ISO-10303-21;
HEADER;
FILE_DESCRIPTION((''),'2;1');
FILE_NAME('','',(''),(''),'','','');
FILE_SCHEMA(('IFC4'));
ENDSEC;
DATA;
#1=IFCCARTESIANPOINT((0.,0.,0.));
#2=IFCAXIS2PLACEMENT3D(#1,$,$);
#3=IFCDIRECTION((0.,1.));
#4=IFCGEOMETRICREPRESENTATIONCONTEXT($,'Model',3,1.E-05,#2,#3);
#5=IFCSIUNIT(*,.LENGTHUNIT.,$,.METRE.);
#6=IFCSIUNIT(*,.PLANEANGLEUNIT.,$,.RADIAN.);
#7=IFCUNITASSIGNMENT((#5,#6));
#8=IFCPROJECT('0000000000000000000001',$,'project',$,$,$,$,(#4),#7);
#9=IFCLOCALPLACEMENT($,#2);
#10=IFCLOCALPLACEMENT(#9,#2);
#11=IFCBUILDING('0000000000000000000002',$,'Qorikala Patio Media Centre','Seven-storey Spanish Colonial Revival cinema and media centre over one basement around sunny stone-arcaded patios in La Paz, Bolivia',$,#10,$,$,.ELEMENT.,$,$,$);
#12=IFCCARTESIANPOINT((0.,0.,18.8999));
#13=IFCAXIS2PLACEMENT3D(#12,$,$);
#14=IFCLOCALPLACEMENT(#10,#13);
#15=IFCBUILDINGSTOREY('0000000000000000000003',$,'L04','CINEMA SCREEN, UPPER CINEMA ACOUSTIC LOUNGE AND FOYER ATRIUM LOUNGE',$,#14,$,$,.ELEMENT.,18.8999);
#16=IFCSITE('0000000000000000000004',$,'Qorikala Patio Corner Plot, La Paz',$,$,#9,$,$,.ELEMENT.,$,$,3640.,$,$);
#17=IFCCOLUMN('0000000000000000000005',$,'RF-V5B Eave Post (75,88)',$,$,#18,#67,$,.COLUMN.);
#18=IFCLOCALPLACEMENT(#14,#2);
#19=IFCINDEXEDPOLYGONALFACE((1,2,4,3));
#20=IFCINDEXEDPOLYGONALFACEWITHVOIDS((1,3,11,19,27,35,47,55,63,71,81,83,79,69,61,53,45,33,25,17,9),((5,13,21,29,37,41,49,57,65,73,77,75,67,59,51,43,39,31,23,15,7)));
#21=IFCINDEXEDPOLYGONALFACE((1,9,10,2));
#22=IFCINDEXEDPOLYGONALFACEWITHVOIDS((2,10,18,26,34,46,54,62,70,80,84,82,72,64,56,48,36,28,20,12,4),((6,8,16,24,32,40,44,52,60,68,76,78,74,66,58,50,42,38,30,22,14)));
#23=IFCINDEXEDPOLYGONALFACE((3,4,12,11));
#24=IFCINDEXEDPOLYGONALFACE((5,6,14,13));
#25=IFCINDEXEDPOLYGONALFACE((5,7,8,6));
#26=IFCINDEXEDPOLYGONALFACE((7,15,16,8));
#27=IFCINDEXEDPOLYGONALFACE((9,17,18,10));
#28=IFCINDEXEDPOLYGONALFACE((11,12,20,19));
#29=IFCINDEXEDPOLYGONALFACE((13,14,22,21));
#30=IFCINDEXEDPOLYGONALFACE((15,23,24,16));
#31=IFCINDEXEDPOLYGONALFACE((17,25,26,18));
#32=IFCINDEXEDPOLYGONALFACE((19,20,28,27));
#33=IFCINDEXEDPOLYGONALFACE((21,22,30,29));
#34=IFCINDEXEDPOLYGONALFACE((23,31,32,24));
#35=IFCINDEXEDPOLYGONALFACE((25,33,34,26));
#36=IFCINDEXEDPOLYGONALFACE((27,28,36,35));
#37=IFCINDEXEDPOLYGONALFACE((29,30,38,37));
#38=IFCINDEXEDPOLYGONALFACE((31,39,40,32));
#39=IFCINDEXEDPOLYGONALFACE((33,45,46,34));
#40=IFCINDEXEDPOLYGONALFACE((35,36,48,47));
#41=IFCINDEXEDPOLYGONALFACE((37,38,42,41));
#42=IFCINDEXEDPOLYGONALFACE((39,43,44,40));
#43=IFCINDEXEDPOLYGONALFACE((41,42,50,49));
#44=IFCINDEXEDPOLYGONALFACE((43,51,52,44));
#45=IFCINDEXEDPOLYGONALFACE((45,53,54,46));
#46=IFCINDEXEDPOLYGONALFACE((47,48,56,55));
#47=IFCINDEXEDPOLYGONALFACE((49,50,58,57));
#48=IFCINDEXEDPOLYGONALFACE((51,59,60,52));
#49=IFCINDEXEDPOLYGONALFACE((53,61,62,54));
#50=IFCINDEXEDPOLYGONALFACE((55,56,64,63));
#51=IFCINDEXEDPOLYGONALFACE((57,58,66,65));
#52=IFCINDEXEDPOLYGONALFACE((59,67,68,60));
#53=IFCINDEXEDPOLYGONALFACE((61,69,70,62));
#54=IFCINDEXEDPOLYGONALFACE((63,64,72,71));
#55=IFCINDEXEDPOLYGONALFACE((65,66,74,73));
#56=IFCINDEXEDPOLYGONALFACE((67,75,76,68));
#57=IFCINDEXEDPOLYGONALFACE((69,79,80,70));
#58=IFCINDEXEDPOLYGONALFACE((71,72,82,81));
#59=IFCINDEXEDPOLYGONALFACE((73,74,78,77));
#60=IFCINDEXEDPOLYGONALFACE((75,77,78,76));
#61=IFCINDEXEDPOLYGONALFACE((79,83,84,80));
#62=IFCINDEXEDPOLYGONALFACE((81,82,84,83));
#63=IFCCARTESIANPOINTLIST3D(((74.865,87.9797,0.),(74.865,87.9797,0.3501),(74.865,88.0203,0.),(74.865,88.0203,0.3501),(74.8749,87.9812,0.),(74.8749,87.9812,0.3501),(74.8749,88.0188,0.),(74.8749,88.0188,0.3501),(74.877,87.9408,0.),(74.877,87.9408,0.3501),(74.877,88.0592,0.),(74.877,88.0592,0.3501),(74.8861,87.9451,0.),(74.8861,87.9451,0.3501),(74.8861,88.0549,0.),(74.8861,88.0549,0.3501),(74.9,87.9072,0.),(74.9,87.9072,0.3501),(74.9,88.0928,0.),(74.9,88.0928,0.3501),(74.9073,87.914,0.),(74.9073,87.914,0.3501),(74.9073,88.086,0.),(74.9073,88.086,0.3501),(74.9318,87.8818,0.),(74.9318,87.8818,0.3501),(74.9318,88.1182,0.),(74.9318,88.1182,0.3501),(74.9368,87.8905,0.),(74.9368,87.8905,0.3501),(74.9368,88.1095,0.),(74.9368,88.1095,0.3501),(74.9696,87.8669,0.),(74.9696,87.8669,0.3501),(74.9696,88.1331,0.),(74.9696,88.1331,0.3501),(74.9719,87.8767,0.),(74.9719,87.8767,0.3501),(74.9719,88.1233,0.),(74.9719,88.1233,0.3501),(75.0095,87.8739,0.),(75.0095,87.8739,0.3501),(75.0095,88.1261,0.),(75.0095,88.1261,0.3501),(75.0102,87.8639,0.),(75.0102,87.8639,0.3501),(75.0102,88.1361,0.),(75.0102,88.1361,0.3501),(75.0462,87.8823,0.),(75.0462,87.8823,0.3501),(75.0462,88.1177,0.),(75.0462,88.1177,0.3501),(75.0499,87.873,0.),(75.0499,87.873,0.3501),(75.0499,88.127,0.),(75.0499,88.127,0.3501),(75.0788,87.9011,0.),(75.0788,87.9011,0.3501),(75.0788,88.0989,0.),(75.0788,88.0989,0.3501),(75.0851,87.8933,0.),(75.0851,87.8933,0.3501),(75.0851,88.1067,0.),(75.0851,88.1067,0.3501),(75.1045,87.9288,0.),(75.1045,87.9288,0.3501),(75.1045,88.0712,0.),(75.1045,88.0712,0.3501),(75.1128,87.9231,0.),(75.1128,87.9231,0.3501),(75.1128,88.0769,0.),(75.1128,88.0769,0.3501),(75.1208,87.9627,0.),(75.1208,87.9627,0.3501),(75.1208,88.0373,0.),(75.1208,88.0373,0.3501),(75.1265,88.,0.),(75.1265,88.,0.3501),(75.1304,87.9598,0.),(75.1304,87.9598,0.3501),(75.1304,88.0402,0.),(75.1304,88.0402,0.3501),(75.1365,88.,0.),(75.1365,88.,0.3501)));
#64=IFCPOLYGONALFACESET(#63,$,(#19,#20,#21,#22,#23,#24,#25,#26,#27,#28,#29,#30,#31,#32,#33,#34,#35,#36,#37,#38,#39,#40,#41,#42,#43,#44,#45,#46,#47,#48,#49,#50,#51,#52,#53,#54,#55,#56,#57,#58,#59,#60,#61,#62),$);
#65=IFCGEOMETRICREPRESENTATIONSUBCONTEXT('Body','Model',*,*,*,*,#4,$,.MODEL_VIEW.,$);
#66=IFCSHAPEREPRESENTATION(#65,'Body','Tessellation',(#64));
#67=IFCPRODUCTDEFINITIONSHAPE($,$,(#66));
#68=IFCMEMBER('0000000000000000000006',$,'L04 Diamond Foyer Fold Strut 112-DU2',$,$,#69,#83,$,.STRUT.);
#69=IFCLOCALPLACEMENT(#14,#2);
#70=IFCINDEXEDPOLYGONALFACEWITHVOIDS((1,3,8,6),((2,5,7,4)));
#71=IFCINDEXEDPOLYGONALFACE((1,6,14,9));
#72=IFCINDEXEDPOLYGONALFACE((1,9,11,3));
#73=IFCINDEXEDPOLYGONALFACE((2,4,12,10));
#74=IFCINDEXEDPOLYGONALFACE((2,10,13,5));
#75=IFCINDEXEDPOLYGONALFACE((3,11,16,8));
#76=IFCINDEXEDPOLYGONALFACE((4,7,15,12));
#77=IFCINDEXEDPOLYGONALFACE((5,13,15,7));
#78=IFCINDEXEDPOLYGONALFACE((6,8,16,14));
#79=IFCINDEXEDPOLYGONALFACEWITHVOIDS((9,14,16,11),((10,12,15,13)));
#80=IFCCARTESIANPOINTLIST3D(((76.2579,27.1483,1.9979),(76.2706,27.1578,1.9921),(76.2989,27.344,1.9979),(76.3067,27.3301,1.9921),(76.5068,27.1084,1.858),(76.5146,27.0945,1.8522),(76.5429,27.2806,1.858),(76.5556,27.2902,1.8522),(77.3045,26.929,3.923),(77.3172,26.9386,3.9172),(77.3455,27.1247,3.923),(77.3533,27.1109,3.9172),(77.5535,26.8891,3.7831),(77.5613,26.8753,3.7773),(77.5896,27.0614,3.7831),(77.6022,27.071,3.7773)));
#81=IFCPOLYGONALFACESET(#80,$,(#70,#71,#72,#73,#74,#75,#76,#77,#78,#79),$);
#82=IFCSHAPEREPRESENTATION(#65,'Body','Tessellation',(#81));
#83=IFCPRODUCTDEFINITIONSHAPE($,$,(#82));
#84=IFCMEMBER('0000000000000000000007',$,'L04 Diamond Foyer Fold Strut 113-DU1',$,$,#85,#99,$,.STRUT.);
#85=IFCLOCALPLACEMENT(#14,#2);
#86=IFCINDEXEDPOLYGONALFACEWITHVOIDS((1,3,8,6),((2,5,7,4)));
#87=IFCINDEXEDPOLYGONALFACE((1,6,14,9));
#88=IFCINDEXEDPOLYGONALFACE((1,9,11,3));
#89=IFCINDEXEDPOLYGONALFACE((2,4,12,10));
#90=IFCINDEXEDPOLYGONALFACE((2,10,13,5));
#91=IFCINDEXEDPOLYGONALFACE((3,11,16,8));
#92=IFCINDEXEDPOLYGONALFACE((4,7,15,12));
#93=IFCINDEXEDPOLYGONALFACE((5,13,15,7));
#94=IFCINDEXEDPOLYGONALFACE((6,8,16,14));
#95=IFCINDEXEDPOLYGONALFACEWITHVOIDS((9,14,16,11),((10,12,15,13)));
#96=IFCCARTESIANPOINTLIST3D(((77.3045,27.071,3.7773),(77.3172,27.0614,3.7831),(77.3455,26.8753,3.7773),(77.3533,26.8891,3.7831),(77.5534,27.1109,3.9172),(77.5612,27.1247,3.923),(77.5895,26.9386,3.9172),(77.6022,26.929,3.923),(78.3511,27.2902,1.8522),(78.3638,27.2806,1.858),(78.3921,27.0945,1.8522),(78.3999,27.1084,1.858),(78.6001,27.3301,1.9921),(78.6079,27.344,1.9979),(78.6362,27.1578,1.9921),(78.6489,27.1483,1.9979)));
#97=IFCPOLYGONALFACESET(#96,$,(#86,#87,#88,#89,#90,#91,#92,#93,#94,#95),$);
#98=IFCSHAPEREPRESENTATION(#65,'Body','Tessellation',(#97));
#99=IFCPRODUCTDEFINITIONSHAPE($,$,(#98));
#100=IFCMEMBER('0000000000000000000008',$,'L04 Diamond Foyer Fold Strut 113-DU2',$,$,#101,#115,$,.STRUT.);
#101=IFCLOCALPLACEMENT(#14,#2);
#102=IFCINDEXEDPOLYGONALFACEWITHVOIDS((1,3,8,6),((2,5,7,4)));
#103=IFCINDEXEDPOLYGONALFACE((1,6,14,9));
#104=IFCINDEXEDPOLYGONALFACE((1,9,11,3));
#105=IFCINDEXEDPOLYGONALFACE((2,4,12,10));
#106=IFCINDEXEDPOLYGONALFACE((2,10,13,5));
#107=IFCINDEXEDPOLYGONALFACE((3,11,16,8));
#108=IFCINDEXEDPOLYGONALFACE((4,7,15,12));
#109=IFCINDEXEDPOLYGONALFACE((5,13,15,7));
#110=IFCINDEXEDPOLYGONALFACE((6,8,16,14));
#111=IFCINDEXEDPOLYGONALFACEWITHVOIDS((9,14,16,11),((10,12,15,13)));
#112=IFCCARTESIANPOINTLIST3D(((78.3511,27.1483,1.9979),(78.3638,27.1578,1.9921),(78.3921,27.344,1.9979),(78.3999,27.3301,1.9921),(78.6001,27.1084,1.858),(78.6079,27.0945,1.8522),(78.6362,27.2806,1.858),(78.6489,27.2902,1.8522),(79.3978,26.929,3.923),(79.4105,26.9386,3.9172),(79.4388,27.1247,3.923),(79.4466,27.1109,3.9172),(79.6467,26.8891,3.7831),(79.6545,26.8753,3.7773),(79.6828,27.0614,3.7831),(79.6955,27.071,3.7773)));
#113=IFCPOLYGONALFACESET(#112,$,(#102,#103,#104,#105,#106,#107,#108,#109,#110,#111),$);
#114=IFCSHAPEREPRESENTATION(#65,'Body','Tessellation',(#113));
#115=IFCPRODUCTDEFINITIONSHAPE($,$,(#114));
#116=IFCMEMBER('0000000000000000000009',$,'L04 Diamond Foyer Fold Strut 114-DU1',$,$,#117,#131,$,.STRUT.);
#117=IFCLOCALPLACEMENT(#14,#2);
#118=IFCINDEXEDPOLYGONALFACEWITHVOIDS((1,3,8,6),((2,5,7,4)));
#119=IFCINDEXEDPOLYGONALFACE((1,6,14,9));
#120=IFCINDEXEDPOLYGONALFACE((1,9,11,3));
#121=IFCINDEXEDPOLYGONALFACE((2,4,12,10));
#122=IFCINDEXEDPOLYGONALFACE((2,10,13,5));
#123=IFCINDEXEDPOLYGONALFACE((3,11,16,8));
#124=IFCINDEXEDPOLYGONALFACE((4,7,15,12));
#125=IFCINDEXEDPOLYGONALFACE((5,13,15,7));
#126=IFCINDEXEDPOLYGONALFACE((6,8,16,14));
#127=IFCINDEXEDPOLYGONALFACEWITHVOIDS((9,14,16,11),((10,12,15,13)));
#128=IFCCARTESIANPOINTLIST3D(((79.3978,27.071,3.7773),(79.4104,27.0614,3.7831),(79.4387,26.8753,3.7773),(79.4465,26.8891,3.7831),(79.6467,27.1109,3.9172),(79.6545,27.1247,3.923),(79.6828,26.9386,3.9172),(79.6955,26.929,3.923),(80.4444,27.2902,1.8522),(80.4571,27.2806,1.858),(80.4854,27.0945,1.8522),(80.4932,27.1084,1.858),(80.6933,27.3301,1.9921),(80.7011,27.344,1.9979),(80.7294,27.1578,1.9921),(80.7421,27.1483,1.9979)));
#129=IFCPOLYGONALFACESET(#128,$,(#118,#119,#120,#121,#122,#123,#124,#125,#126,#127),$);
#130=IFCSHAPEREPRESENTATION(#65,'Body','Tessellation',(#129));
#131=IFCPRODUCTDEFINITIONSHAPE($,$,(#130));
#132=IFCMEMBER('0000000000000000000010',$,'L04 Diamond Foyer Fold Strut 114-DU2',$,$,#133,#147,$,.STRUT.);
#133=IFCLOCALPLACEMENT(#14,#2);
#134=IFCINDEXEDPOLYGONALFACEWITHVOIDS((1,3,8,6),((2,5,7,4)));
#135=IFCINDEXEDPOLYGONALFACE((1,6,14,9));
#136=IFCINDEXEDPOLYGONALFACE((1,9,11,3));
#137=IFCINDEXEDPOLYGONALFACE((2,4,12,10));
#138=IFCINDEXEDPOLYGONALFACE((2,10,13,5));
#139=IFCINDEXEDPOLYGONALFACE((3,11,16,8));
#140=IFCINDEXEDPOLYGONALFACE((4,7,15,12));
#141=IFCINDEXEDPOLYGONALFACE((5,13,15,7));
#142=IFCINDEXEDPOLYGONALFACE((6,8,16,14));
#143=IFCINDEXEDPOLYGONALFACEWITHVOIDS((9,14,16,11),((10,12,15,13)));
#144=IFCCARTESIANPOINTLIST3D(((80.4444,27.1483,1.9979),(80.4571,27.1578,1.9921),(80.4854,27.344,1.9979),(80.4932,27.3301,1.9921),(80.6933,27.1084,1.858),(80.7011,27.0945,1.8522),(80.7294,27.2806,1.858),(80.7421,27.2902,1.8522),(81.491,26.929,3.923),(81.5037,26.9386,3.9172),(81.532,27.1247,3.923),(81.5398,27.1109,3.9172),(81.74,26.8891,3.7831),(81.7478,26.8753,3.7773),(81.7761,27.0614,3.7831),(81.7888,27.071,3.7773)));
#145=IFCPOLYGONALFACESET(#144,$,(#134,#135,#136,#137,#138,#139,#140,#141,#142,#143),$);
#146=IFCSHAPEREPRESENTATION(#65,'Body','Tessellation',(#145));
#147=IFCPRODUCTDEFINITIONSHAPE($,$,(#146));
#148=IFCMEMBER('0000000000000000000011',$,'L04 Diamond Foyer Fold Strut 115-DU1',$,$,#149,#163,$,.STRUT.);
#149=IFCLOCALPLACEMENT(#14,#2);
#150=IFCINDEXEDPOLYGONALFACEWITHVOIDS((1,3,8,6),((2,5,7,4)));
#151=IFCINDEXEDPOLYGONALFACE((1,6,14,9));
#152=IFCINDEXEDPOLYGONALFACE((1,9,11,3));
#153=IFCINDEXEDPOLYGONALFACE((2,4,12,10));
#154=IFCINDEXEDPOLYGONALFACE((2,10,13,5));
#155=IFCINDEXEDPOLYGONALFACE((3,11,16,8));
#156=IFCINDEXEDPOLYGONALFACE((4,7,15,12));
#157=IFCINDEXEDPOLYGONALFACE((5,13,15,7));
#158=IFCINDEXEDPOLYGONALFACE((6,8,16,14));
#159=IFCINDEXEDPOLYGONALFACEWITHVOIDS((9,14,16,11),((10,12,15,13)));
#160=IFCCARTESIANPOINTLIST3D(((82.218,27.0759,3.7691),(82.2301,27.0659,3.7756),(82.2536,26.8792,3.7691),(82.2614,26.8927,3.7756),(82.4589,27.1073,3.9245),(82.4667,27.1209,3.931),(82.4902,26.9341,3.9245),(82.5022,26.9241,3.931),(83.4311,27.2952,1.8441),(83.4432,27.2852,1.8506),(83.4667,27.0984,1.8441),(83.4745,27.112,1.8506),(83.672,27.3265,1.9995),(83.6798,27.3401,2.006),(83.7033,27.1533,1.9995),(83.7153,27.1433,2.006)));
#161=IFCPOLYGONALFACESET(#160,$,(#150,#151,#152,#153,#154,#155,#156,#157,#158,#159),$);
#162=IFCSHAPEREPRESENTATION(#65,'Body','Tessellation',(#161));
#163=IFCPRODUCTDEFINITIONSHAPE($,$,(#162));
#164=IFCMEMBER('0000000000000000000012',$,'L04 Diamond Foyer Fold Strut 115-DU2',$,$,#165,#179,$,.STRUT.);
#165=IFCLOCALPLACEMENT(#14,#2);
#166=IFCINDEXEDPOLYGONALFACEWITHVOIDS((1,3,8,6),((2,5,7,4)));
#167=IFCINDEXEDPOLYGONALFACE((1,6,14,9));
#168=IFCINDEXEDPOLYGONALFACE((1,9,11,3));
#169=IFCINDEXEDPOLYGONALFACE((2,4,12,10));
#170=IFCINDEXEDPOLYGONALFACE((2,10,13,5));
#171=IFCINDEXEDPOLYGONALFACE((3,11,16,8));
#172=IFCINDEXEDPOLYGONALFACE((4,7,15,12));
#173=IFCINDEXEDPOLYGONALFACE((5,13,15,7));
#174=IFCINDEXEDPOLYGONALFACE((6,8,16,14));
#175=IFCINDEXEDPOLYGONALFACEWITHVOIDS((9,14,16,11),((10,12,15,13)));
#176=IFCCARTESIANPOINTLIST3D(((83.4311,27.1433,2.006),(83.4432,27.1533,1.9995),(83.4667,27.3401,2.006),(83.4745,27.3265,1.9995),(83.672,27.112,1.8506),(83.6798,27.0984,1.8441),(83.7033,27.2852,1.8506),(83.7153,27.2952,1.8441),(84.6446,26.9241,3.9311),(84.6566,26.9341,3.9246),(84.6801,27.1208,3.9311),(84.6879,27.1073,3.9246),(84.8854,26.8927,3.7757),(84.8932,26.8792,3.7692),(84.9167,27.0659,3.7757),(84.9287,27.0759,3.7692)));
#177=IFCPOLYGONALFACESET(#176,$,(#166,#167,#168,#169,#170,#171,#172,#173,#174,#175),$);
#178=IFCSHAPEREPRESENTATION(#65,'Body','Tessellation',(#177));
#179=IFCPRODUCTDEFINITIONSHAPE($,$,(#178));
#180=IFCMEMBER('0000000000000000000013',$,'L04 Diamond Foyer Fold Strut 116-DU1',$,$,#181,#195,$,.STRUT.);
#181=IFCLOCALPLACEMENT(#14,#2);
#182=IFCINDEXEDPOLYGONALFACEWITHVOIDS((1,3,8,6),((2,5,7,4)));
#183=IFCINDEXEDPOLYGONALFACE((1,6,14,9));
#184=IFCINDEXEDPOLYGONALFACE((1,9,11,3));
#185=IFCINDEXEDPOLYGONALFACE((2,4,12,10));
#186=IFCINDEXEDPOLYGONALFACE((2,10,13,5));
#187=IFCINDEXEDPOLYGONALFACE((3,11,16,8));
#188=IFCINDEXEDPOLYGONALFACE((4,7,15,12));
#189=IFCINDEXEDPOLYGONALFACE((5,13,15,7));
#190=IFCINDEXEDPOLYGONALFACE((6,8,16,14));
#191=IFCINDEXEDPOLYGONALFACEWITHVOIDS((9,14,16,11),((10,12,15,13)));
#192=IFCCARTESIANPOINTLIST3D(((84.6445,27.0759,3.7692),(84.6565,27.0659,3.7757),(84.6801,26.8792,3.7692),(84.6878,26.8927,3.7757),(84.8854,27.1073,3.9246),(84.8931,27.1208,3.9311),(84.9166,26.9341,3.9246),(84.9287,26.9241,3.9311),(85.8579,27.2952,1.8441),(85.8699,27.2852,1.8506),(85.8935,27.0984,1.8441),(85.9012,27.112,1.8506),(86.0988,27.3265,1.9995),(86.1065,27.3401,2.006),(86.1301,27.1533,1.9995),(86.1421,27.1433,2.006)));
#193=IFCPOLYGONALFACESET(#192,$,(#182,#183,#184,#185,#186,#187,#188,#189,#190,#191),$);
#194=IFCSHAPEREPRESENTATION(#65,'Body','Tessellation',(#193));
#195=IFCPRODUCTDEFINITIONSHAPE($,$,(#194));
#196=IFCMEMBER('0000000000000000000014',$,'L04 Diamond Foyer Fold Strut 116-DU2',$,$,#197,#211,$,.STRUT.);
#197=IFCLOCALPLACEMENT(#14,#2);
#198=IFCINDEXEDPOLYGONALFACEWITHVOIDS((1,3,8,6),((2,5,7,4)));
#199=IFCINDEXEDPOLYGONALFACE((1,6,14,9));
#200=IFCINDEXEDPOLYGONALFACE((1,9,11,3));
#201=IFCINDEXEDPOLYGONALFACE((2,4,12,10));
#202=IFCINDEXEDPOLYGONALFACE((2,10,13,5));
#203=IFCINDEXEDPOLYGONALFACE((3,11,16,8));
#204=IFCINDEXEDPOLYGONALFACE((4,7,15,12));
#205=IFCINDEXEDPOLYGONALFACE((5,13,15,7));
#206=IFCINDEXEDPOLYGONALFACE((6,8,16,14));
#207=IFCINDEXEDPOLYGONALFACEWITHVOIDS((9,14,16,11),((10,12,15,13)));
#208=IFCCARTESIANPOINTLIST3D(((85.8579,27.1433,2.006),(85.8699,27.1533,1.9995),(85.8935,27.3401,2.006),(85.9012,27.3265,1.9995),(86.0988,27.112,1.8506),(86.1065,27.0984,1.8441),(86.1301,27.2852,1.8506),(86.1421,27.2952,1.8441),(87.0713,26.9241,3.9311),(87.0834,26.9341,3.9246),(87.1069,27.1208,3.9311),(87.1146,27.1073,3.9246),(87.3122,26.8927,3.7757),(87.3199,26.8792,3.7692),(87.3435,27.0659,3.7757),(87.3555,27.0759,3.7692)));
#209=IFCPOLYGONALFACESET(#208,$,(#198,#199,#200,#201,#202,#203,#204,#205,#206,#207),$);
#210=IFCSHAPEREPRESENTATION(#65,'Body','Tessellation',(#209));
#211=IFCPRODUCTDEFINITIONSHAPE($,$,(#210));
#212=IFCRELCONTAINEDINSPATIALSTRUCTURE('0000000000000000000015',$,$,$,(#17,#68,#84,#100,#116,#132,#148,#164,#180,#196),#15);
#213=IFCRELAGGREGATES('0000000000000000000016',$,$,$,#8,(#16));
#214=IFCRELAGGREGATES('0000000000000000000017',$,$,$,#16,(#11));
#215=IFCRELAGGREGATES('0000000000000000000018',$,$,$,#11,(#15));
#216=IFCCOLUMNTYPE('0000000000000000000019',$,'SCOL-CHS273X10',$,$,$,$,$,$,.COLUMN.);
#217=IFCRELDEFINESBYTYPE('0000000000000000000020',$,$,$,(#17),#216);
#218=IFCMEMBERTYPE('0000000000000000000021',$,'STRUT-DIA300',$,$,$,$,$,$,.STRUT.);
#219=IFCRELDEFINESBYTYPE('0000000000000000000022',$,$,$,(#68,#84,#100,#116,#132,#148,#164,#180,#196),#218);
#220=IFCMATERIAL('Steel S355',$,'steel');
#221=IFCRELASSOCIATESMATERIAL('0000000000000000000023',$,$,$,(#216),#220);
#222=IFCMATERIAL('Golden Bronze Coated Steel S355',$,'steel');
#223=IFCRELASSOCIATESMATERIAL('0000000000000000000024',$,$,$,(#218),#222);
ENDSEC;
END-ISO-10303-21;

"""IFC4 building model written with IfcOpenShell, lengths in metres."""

from ifc_helpers import new_model, si_unit, direction, frame, origin, origin_2d, place, context, subcontext, project, spatial, hollow_rectangle, hollow_circle, extrude, material, material_profile, profile_set, type_object, element, save


model = new_model("IFC4")

# Units and contexts
model_context = context("Model", 3, precision=1e-05, world=origin(), true_north=direction((0.0, 1.0)))
body_context = subcontext(model_context, "Body", "Model", "MODEL_VIEW")
ifc_project = project(units=[si_unit("LENGTHUNIT", "METRE"), si_unit("PLANEANGLEUNIT", "RADIAN")], contexts=[model_context])

# Site, building, storey
site_placement = place(None, origin())
site = spatial("IfcSite", under=ifc_project, at=site_placement, Name="Qorikala Patio Corner Plot, La Paz", CompositionType="ELEMENT", RefElevation=3640.0)
building_placement = place(site_placement, origin())
building = spatial("IfcBuilding", under=site, at=building_placement, Name="Qorikala Patio Media Centre", Description="Seven-storey Spanish Colonial Revival cinema and media centre over one basement around sunny stone-arcaded patios in La Paz, Bolivia", CompositionType="ELEMENT")
storey_placement = place(building_placement, frame((0.0, 0.0, 18.8999)))
storey = spatial("IfcBuildingStorey", under=building, at=storey_placement, Name="L04", Description="CINEMA SCREEN, UPPER CINEMA ACOUSTIC LOUNGE AND FOYER ATRIUM LOUNGE", CompositionType="ELEMENT", Elevation=18.8999)

# Column
ifc_material_1 = material(Name="Steel S355", Category="steel")
ifc_material_profile_1 = material_profile(ifc_material_1, hollow_circle(Radius=0.1365, WallThickness=0.01, at=origin_2d()), Name="CHS273X10")
ifc_profile_set_1 = profile_set([ifc_material_profile_1], Name="Steel S355")
column_type = type_object("IfcColumnType", Name="SCOL-CHS273X10", PredefinedType="COLUMN", material=ifc_profile_set_1)
for number, where, z_axis, x_axis, name in (
    (1, (75.0, 88.0, 0.0), (0.0, 0.0, 1.0), (1.0, 0.0, 0.0), "RF-V5B Eave Post (75,88)"),
):
    element("IfcColumn", number, at=place(storey_placement, frame(where, z_axis=z_axis, x_axis=x_axis)), inside=storey, type_object=column_type, Name=name, PredefinedType="COLUMN", context=body_context, shape_type="SweptSolid", body=[
        extrude(hollow_circle(Radius=0.1365, WallThickness=0.01, at=origin_2d()), origin(), (0.0, 0.0, 1.0), 0.3501),
    ])

# Members
ifc_material_2 = material(Name="Golden Bronze Coated Steel S355", Category="steel")
ifc_material_profile_2 = material_profile(ifc_material_2, hollow_rectangle(XDim=0.2, YDim=0.3, WallThickness=0.012, at=origin_2d()), Name="HSS300X200X12")
ifc_profile_set_2 = profile_set([ifc_material_profile_2], Name="Golden Bronze Coated Steel S355")
member_type = type_object("IfcMemberType", Name="STRUT-DIA300", PredefinedType="STRUT", material=ifc_profile_set_2)
for number, where, z_axis, x_axis, name in (
    (2, (76.4067, 27.2192, 1.925), (0.475284, -0.099558, 0.874181), (0.205021, 0.978758, 0.0), "L04 Diamond Foyer Fold Strut 112-DU2"),
    (3, (78.5, 27.2192, 1.925), (-0.475284, -0.099558, 0.874181), (0.205021, -0.978758, 0.0), "L04 Diamond Foyer Fold Strut 113-DU1"),
    (4, (78.5, 27.2192, 1.925), (0.475284, -0.099558, 0.874181), (0.205021, 0.978758, 0.0), "L04 Diamond Foyer Fold Strut 113-DU2"),
    (5, (80.5933, 27.2192, 1.925), (-0.475284, -0.099558, 0.874181), (0.205021, -0.978758, 0.0), "L04 Diamond Foyer Fold Strut 114-DU1"),
    (6, (80.5933, 27.2192, 1.925), (0.475284, -0.099558, 0.874181), (0.205021, 0.978758, 0.0), "L04 Diamond Foyer Fold Strut 114-DU2"),
):
    element("IfcMember", number, at=place(storey_placement, frame(where, z_axis=z_axis, x_axis=x_axis)), inside=storey, type_object=member_type, Name=name, PredefinedType="STRUT", context=body_context, shape_type="SweptSolid", body=[
        extrude(hollow_rectangle(XDim=0.2, YDim=0.3, WallThickness=0.012, at=origin_2d()), origin(), (0.0, 0.0, 1.0), 2.2021),
    ])
member_1_placement = place(storey_placement, frame((83.5732, 27.2192, 1.925), z_axis=(-0.530691, -0.095907, 0.842121), x_axis=(0.17784, -0.984059, 0.0)))
element("IfcMember", 7, at=member_1_placement, inside=storey, type_object=member_type, Name="L04 Diamond Foyer Fold Strut 115-DU1", PredefinedType="STRUT", context=body_context, shape_type="SweptSolid", body=[
    extrude(hollow_rectangle(XDim=0.2, YDim=0.3, WallThickness=0.012, at=origin_2d()), origin(), (0.0, 0.0, 1.0), 2.2859),
])
for number, where, z_axis, x_axis, name in (
    (8, (83.5732, 27.2192, 1.925), (0.530768, -0.095901, 0.842074), (0.177805, 0.984066, 0.0), "L04 Diamond Foyer Fold Strut 115-DU2"),
    (9, (86.0, 27.2192, 1.925), (-0.530768, -0.095901, 0.842074), (0.177805, -0.984066, 0.0), "L04 Diamond Foyer Fold Strut 116-DU1"),
    (10, (86.0, 27.2192, 1.925), (0.530768, -0.095901, 0.842074), (0.177805, 0.984066, 0.0), "L04 Diamond Foyer Fold Strut 116-DU2"),
):
    element("IfcMember", number, at=place(storey_placement, frame(where, z_axis=z_axis, x_axis=x_axis)), inside=storey, type_object=member_type, Name=name, PredefinedType="STRUT", context=body_context, shape_type="SweptSolid", body=[
        extrude(hollow_rectangle(XDim=0.2, YDim=0.3, WallThickness=0.012, at=origin_2d()), origin(), (0.0, 0.0, 1.0), 2.2861),
    ])

save(model, "model.ifc")
